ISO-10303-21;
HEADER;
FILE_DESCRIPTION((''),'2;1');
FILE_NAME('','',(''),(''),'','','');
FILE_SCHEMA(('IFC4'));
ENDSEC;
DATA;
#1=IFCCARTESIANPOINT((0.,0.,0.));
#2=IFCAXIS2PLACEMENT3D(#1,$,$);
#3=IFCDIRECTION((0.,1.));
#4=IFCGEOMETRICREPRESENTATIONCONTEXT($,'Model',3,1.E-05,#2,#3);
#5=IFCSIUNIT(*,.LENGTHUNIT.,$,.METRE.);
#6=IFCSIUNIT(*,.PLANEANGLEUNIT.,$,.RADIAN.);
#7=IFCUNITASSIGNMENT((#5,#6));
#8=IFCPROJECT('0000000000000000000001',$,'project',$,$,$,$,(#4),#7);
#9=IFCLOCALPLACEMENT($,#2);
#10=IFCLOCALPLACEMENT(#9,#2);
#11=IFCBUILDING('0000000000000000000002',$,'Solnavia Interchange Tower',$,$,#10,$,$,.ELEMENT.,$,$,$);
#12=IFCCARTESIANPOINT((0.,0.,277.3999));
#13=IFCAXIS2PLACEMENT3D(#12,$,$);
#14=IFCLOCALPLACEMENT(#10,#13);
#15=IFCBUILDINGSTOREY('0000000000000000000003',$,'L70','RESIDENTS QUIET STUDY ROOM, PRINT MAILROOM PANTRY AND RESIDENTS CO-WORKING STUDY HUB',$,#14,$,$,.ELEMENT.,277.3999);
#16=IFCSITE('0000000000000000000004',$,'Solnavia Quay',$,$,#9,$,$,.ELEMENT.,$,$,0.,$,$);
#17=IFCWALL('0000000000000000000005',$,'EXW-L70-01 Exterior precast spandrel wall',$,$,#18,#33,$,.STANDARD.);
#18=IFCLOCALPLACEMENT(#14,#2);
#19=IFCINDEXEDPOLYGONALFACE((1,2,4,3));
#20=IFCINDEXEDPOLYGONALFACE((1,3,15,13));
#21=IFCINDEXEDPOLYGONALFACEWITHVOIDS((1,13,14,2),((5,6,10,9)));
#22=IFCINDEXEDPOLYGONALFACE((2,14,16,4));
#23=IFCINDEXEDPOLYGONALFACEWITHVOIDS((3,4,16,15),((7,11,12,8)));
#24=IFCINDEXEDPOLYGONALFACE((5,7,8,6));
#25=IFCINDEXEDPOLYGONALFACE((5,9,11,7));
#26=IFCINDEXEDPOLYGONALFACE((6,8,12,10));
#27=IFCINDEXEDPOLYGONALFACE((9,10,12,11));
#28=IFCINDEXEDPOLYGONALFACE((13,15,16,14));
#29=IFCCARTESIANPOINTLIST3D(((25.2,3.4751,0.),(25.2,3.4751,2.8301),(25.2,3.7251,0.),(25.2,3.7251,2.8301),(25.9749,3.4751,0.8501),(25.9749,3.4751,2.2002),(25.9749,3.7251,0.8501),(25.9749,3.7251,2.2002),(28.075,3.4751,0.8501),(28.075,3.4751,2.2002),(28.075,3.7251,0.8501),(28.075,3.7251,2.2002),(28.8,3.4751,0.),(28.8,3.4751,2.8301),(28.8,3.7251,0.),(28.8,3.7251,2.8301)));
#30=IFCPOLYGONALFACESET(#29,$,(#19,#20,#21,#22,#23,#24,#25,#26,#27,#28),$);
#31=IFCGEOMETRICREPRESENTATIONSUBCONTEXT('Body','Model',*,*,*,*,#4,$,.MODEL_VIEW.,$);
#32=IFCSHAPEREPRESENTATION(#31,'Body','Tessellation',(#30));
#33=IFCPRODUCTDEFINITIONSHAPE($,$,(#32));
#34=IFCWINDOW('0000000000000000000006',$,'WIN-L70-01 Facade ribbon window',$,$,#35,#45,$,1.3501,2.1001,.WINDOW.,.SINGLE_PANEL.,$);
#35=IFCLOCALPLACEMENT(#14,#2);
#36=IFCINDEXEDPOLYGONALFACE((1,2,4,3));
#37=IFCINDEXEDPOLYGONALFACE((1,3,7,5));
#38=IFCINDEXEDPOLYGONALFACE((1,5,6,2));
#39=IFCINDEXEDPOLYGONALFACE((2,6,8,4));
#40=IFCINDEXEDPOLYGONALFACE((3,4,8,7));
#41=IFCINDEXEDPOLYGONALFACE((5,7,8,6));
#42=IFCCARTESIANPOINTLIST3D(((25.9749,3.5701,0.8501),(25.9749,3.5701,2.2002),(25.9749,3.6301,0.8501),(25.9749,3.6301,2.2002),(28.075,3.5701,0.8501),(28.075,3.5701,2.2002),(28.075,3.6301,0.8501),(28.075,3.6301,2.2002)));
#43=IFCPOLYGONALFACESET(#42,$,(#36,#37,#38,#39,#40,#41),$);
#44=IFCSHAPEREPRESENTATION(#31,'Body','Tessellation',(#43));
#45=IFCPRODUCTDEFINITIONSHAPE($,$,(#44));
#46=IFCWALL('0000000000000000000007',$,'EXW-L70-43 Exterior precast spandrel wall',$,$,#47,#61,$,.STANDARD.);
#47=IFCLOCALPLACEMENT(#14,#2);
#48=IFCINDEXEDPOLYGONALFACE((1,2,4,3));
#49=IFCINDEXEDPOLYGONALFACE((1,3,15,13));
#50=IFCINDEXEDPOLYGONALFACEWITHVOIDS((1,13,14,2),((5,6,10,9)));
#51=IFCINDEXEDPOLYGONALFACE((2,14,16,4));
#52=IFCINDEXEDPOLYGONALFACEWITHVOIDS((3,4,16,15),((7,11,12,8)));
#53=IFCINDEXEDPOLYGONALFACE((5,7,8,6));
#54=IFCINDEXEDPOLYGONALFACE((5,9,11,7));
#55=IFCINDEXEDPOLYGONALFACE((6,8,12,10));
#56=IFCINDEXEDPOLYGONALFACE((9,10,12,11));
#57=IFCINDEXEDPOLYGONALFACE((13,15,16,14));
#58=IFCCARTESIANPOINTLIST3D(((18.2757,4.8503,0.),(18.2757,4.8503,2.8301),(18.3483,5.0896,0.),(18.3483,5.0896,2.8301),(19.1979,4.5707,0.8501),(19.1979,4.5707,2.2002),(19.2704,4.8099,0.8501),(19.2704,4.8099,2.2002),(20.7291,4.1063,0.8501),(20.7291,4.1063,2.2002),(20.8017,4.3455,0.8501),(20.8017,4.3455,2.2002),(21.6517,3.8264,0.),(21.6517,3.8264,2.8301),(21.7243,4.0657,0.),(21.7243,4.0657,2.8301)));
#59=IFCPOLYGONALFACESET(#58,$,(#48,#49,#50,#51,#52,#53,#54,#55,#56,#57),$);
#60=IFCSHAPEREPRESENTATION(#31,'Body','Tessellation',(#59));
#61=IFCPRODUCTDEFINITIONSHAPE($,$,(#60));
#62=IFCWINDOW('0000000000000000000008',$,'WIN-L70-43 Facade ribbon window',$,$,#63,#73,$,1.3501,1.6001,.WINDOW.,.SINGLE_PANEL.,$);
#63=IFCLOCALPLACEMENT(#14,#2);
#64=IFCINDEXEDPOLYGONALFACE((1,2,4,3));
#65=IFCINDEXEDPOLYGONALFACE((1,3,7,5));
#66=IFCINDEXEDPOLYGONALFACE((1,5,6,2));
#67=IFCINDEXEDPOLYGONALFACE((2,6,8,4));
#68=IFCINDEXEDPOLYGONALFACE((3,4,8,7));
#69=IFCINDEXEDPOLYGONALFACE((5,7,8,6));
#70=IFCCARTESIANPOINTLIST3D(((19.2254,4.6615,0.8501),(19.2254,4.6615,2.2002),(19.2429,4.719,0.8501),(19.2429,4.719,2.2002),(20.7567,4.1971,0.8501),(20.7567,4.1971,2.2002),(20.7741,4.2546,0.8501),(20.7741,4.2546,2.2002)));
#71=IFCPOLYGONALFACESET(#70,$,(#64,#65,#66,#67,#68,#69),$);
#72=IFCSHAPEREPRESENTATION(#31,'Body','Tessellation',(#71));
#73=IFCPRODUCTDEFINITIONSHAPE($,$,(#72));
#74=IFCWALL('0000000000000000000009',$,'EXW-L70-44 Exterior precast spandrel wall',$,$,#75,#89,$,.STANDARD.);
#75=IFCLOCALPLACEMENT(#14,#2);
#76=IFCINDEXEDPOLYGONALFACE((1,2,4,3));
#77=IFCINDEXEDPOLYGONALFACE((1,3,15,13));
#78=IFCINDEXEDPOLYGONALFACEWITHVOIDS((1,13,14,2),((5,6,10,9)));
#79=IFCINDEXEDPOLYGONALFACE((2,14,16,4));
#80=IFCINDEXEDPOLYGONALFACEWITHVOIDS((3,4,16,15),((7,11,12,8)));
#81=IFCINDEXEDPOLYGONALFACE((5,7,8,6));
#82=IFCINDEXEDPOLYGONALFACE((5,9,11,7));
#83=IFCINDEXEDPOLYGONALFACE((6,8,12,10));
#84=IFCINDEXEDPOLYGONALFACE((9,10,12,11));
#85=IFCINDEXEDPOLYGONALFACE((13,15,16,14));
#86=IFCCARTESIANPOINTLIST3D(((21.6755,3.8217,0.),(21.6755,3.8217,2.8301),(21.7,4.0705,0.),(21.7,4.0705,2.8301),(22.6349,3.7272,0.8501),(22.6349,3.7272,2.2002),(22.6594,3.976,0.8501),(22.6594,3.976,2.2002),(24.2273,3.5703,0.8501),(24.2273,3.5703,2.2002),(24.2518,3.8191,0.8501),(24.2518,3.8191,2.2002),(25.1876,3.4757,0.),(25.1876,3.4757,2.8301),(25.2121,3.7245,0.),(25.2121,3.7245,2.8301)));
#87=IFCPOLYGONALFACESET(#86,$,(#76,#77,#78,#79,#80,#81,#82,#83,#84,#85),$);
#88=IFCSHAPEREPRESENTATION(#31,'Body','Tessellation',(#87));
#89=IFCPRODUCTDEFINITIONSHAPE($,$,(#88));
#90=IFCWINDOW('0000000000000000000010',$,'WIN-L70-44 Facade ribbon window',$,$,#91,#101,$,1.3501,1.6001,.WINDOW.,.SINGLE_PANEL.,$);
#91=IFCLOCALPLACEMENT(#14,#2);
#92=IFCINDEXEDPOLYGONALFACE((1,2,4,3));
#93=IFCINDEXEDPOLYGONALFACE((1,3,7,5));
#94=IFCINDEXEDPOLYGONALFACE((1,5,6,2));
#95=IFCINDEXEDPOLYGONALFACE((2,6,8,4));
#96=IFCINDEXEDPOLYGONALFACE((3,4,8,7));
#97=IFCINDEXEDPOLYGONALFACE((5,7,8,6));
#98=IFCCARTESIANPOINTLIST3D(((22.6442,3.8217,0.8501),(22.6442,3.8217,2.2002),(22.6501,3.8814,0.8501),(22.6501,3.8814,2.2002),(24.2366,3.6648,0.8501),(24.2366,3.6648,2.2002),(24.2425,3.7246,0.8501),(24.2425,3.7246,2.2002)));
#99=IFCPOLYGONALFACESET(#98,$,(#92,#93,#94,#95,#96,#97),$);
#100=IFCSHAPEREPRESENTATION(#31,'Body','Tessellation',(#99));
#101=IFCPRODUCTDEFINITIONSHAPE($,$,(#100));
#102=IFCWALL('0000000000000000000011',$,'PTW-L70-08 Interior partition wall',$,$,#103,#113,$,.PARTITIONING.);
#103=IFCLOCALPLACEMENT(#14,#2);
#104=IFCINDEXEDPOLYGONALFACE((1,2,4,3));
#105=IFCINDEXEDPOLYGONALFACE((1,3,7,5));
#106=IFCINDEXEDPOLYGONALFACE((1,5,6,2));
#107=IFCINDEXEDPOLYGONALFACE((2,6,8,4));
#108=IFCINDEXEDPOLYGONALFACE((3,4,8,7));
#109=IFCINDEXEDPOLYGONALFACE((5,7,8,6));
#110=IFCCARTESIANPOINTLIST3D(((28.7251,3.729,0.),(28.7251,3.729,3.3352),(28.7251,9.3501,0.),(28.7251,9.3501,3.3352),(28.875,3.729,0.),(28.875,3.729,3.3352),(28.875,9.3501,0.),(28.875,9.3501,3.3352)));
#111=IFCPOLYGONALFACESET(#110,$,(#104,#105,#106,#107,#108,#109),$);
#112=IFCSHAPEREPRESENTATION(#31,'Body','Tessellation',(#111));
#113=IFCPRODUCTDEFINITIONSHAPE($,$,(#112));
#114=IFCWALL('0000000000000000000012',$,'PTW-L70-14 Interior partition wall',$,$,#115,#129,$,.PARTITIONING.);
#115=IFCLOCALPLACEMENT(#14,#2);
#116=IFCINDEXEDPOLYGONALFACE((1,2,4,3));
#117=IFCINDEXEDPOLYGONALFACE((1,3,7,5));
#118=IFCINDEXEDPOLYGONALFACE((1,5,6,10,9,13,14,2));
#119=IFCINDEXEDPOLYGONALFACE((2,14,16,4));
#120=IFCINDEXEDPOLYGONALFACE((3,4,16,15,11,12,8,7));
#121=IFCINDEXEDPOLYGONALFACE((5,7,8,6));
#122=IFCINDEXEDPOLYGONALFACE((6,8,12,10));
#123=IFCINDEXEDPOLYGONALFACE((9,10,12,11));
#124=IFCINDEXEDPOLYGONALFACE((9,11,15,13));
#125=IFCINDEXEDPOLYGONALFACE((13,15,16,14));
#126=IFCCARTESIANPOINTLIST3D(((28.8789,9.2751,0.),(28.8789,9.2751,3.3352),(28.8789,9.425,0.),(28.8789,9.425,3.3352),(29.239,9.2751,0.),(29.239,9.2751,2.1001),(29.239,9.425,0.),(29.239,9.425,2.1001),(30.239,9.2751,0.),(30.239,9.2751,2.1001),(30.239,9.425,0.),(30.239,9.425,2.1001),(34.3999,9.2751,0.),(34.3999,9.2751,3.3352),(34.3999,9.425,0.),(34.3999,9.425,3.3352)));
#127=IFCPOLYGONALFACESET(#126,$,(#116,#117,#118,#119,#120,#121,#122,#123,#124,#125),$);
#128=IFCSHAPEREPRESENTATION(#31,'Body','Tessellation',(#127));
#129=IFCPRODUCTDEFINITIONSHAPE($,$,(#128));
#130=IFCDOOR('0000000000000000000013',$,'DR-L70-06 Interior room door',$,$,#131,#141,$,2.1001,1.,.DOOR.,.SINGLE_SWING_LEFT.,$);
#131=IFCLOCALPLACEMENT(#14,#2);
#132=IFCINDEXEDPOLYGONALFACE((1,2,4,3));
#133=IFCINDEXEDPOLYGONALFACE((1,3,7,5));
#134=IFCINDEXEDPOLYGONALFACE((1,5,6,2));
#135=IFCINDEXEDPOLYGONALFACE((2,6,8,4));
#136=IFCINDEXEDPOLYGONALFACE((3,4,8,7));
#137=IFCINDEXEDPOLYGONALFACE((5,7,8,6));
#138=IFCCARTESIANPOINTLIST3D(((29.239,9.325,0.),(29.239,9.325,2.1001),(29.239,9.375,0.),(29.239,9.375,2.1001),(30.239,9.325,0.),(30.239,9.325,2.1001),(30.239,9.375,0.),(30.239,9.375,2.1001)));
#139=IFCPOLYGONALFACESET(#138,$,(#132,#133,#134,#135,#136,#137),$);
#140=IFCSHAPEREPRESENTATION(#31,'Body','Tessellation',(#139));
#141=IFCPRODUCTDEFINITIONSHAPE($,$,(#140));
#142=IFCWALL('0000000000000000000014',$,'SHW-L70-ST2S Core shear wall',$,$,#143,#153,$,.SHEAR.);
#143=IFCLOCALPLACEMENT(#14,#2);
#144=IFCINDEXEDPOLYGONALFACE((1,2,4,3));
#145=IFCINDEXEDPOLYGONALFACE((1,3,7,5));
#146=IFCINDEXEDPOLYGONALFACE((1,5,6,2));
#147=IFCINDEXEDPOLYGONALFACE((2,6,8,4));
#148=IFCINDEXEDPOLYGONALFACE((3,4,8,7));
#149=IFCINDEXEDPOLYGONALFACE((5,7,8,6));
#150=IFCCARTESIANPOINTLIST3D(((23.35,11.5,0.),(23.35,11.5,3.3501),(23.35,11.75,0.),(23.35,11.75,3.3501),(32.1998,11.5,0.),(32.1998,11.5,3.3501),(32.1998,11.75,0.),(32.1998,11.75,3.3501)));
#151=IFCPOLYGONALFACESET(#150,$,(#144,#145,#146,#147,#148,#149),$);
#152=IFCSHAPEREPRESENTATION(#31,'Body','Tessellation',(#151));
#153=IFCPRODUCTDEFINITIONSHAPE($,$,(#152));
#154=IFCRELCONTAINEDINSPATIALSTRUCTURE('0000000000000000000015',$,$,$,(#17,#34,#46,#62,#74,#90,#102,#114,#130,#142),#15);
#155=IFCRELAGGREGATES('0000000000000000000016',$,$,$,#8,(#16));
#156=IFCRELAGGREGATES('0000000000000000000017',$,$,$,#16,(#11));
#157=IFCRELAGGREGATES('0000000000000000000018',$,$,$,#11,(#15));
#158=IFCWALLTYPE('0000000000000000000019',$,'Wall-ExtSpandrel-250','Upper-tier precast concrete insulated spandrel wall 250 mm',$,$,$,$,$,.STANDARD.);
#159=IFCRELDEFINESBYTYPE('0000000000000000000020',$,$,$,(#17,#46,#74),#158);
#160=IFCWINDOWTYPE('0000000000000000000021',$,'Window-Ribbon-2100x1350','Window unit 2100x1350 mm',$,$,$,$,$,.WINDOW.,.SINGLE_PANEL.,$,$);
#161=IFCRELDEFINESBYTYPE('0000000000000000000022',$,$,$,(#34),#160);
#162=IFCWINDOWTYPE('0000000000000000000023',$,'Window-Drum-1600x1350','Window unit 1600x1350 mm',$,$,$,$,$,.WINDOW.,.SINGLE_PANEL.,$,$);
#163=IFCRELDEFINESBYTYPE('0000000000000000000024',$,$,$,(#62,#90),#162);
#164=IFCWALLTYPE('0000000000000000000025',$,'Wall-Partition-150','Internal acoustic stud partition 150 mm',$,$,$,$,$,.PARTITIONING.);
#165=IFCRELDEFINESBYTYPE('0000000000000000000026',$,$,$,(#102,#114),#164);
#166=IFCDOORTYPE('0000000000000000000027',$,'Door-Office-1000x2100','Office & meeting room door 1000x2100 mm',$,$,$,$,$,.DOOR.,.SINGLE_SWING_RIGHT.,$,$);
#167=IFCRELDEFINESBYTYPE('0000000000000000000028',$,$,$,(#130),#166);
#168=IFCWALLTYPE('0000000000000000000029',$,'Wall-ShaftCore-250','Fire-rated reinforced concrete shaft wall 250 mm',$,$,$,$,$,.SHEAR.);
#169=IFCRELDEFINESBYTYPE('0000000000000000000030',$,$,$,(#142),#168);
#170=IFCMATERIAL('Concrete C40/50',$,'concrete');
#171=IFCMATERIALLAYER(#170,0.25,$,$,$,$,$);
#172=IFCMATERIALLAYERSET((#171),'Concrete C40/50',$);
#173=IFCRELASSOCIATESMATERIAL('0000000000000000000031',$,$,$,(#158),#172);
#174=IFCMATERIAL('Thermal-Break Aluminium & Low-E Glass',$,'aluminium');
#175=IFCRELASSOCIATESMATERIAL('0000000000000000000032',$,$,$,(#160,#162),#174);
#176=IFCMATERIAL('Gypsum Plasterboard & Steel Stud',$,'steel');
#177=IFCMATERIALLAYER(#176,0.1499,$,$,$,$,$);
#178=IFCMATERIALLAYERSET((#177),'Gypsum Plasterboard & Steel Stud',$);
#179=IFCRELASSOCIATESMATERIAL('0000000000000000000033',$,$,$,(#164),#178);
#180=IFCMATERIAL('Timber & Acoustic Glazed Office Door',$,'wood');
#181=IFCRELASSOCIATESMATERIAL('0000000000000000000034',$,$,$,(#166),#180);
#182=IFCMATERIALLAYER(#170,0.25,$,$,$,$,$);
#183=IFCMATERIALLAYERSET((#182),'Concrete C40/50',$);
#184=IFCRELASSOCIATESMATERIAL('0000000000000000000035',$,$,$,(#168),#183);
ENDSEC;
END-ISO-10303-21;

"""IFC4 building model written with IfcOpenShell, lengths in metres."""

from ifc_helpers import new_model, si_unit, direction, frame, frame_2d, origin, place, context, subcontext, project, spatial, rectangle, extrude, material, layer, layer_set, type_object, element, fill, save


model = new_model("IFC4")

# Units and contexts
model_context = context("Model", 3, precision=1e-05, world=origin(), true_north=direction((0.0, 1.0)))
body_context = subcontext(model_context, "Body", "Model", "MODEL_VIEW")
ifc_project = project(units=[si_unit("LENGTHUNIT", "METRE"), si_unit("PLANEANGLEUNIT", "RADIAN")], contexts=[model_context])

# Site, building, storey
site_placement = place(None, origin())
site = spatial("IfcSite", under=ifc_project, at=site_placement, Name="Solnavia Quay", CompositionType="ELEMENT", RefElevation=0.0)
building_placement = place(site_placement, origin())
building = spatial("IfcBuilding", under=site, at=building_placement, Name="Solnavia Interchange Tower", CompositionType="ELEMENT")
storey_placement = place(building_placement, frame((0.0, 0.0, 277.3999)))
storey = spatial("IfcBuildingStorey", under=building, at=storey_placement, Name="L70", Description="RESIDENTS QUIET STUDY ROOM, PRINT MAILROOM PANTRY AND RESIDENTS CO-WORKING STUDY HUB", CompositionType="ELEMENT", Elevation=277.3999)

# Walls, openings, windows
ifc_material_1 = material(Name="Concrete C40/50", Category="concrete")
ifc_layer_1 = layer(ifc_material_1, 0.25)
ifc_layer_set_1 = layer_set([ifc_layer_1], Name="Concrete C40/50")
wall_type_1 = type_object("IfcWallType", Name="Wall-ExtSpandrel-250", Description="Upper-tier precast concrete insulated spandrel wall 250 mm", PredefinedType="STANDARD", material=ifc_layer_set_1)
wall_1_placement = place(storey_placement, frame((28.8, 3.6001, 0.0), z_axis=(0.0, 0.0, 1.0), x_axis=(-1.0, 0.0, 0.0)))
wall_1 = element("IfcWall", 1, at=wall_1_placement, inside=storey, type_object=wall_type_1, Name="EXW-L70-01 Exterior precast spandrel wall", PredefinedType="STANDARD", context=body_context, shape_type="SweptSolid", body=[
    extrude(rectangle(XDim=3.6001, YDim=0.25, at=frame_2d((1.8, 0.0))), origin(), (0.0, 0.0, 1.0), 2.8301),
])
opening_1_placement = place(wall_1_placement, frame((0.7251, 0.0, 0.8501)))
opening_1 = element("IfcOpeningElement", 2, at=opening_1_placement, cuts=wall_1, PredefinedType="OPENING", context=body_context, shape_type="SweptSolid", body=[
    extrude(rectangle(XDim=2.1001, YDim=1.3501, at=frame_2d((1.05, 0.675))), frame((0.0, 0.135, 0.0), z_axis=(0.0, -1.0, 0.0), x_axis=(1.0, 0.0, 0.0)), (0.0, 0.0, 1.0), 0.27),
])
ifc_material_2 = material(Name="Thermal-Break Aluminium & Low-E Glass", Category="aluminium")
window_type_1 = type_object("IfcWindowType", Name="Window-Ribbon-2100x1350", Description="Window unit 2100x1350 mm", PartitioningType="SINGLE_PANEL", PredefinedType="WINDOW", material=ifc_material_2)
window_1_placement = place(opening_1_placement, origin())
window_1 = element("IfcWindow", 3, at=window_1_placement, inside=storey, type_object=window_type_1, Name="WIN-L70-01 Facade ribbon window", OverallHeight=1.3501, OverallWidth=2.1001, PartitioningType="SINGLE_PANEL", PredefinedType="WINDOW", context=body_context, shape_type="SweptSolid", body=[
    extrude(rectangle(XDim=2.1001, YDim=1.3501, at=frame_2d((1.05, 0.675))), frame((0.0, 0.03, 0.0), z_axis=(0.0, -1.0, 0.0), x_axis=(1.0, 0.0, 0.0)), (0.0, 0.0, 1.0), 0.0601),
])
fill(opening_1, window_1)
wall_2_placement = place(storey_placement, frame((21.688, 3.946, 0.0), z_axis=(0.0, 0.0, 1.0), x_axis=(-0.956953, 0.290242, 0.0)))
wall_2 = element("IfcWall", 4, at=wall_2_placement, inside=storey, type_object=wall_type_1, Name="EXW-L70-43 Exterior precast spandrel wall", PredefinedType="STANDARD", context=body_context, shape_type="SweptSolid", body=[
    extrude(rectangle(XDim=3.5278, YDim=0.25, at=frame_2d((1.7639, 0.0))), origin(), (0.0, 0.0, 1.0), 2.8301),
])
opening_2_placement = place(wall_2_placement, frame((0.9641, 0.0, 0.8501)))
opening_2 = element("IfcOpeningElement", 5, at=opening_2_placement, cuts=wall_2, PredefinedType="OPENING", context=body_context, shape_type="SweptSolid", body=[
    extrude(rectangle(XDim=1.6001, YDim=1.3501, at=frame_2d((0.8, 0.675))), frame((0.0, 0.135, 0.0), z_axis=(0.0, -1.0, 0.0), x_axis=(1.0, 0.0, 0.0)), (0.0, 0.0, 1.0), 0.27),
])
window_type_2 = type_object("IfcWindowType", Name="Window-Drum-1600x1350", Description="Window unit 1600x1350 mm", PartitioningType="SINGLE_PANEL", PredefinedType="WINDOW", material=ifc_material_2)
window_2_placement = place(opening_2_placement, origin())
window_2 = element("IfcWindow", 6, at=window_2_placement, inside=storey, type_object=window_type_2, Name="WIN-L70-43 Facade ribbon window", OverallHeight=1.3501, OverallWidth=1.6001, PartitioningType="SINGLE_PANEL", PredefinedType="WINDOW", context=body_context, shape_type="SweptSolid", body=[
    extrude(rectangle(XDim=1.6001, YDim=1.3501, at=frame_2d((0.8, 0.675))), frame((0.0, 0.03, 0.0), z_axis=(0.0, -1.0, 0.0), x_axis=(1.0, 0.0, 0.0)), (0.0, 0.0, 1.0), 0.0601),
])
fill(opening_2, window_2)
wall_3_placement = place(storey_placement, frame((25.2, 3.6001, 0.0), z_axis=(0.0, 0.0, 1.0), x_axis=(-0.995183, 0.098031, 0.0)))
wall_3 = element("IfcWall", 7, at=wall_3_placement, inside=storey, type_object=wall_type_1, Name="EXW-L70-44 Exterior precast spandrel wall", PredefinedType="STANDARD", context=body_context, shape_type="SweptSolid", body=[
    extrude(rectangle(XDim=3.5291, YDim=0.25, at=frame_2d((1.7646, 0.0))), origin(), (0.0, 0.0, 1.0), 2.8301),
])
opening_3_placement = place(wall_3_placement, frame((0.9651, 0.0, 0.8501)))
opening_3 = element("IfcOpeningElement", 8, at=opening_3_placement, cuts=wall_3, PredefinedType="OPENING", context=body_context, shape_type="SweptSolid", body=[
    extrude(rectangle(XDim=1.6001, YDim=1.3501, at=frame_2d((0.8, 0.675))), frame((0.0, 0.135, 0.0), z_axis=(0.0, -1.0, 0.0), x_axis=(1.0, 0.0, 0.0)), (0.0, 0.0, 1.0), 0.27),
])
window_3_placement = place(opening_3_placement, origin())
window_3 = element("IfcWindow", 9, at=window_3_placement, inside=storey, type_object=window_type_2, Name="WIN-L70-44 Facade ribbon window", OverallHeight=1.3501, OverallWidth=1.6001, PartitioningType="SINGLE_PANEL", PredefinedType="WINDOW", context=body_context, shape_type="SweptSolid", body=[
    extrude(rectangle(XDim=1.6001, YDim=1.3501, at=frame_2d((0.8, 0.675))), frame((0.0, 0.03, 0.0), z_axis=(0.0, -1.0, 0.0), x_axis=(1.0, 0.0, 0.0)), (0.0, 0.0, 1.0), 0.0601),
])
fill(opening_3, window_3)

# Wall
ifc_material_3 = material(Name="Gypsum Plasterboard & Steel Stud", Category="steel")
ifc_layer_2 = layer(ifc_material_3, 0.1499)
ifc_layer_set_2 = layer_set([ifc_layer_2], Name="Gypsum Plasterboard & Steel Stud")
wall_type_2 = type_object("IfcWallType", Name="Wall-Partition-150", Description="Internal acoustic stud partition 150 mm", PredefinedType="PARTITIONING", material=ifc_layer_set_2)
wall_4_placement = place(storey_placement, frame((28.8, 9.3501, 0.0), z_axis=(0.0, 0.0, 1.0), x_axis=(0.0, -1.0, 0.0)))
element("IfcWall", 10, at=wall_4_placement, inside=storey, type_object=wall_type_2, Name="PTW-L70-08 Interior partition wall", PredefinedType="PARTITIONING", context=body_context, shape_type="SweptSolid", body=[
    extrude(rectangle(XDim=5.6211, YDim=0.1499, at=frame_2d((2.8105, 0.0))), origin(), (0.0, 0.0, 1.0), 3.3352),
])

# Wall, opening, door
wall_5_placement = place(storey_placement, frame((28.8789, 9.3501, 0.0), z_axis=(0.0, 0.0, 1.0), x_axis=(1.0, 0.0, 0.0)))
wall_5 = element("IfcWall", 11, at=wall_5_placement, inside=storey, type_object=wall_type_2, Name="PTW-L70-14 Interior partition wall", PredefinedType="PARTITIONING", context=body_context, shape_type="SweptSolid", body=[
    extrude(rectangle(XDim=5.521, YDim=0.1499, at=frame_2d((2.7605, 0.0))), origin(), (0.0, 0.0, 1.0), 3.3352),
])
opening_4_placement = place(wall_5_placement, frame((0.3601, 0.0, 0.0)))
opening_4 = element("IfcOpeningElement", 12, at=opening_4_placement, cuts=wall_5, PredefinedType="OPENING", context=body_context, shape_type="SweptSolid", body=[
    extrude(rectangle(XDim=1.0, YDim=2.1001, at=frame_2d((0.5, 1.05))), frame((0.0, 0.085, 0.0), z_axis=(0.0, -1.0, 0.0), x_axis=(1.0, 0.0, 0.0)), (0.0, 0.0, 1.0), 0.1699),
])
ifc_material_4 = material(Name="Timber & Acoustic Glazed Office Door", Category="wood")
door_type_1 = type_object("IfcDoorType", Name="Door-Office-1000x2100", Description="Office & meeting room door 1000x2100 mm", OperationType="SINGLE_SWING_RIGHT", PredefinedType="DOOR", material=ifc_material_4)
door_1_placement = place(opening_4_placement, origin())
door_1 = element("IfcDoor", 13, at=door_1_placement, inside=storey, type_object=door_type_1, Name="DR-L70-06 Interior room door", OperationType="SINGLE_SWING_LEFT", OverallHeight=2.1001, OverallWidth=1.0, PredefinedType="DOOR", context=body_context, shape_type="SweptSolid", body=[
    extrude(rectangle(XDim=1.0, YDim=2.1001, at=frame_2d((0.5, 1.05))), frame((0.0, 0.0249, 0.0), z_axis=(0.0, -1.0, 0.0), x_axis=(1.0, 0.0, 0.0)), (0.0, 0.0, 1.0), 0.05),
])
fill(opening_4, door_1)

# Wall
ifc_layer_3 = layer(ifc_material_1, 0.25)
ifc_layer_set_3 = layer_set([ifc_layer_3], Name="Concrete C40/50")
wall_type_3 = type_object("IfcWallType", Name="Wall-ShaftCore-250", Description="Fire-rated reinforced concrete shaft wall 250 mm", PredefinedType="SHEAR", material=ifc_layer_set_3)
wall_6_placement = place(storey_placement, frame((23.3501, 11.625, 0.0), z_axis=(0.0, 0.0, 1.0), x_axis=(1.0, 0.0, 0.0)))
element("IfcWall", 14, at=wall_6_placement, inside=storey, type_object=wall_type_3, Name="SHW-L70-ST2S Core shear wall", PredefinedType="SHEAR", context=body_context, shape_type="SweptSolid", body=[
    extrude(rectangle(XDim=8.8499, YDim=0.25, at=frame_2d((4.4248, 0.0))), origin(), (0.0, 0.0, 1.0), 3.3501),
])

save(model, "model.ifc")
